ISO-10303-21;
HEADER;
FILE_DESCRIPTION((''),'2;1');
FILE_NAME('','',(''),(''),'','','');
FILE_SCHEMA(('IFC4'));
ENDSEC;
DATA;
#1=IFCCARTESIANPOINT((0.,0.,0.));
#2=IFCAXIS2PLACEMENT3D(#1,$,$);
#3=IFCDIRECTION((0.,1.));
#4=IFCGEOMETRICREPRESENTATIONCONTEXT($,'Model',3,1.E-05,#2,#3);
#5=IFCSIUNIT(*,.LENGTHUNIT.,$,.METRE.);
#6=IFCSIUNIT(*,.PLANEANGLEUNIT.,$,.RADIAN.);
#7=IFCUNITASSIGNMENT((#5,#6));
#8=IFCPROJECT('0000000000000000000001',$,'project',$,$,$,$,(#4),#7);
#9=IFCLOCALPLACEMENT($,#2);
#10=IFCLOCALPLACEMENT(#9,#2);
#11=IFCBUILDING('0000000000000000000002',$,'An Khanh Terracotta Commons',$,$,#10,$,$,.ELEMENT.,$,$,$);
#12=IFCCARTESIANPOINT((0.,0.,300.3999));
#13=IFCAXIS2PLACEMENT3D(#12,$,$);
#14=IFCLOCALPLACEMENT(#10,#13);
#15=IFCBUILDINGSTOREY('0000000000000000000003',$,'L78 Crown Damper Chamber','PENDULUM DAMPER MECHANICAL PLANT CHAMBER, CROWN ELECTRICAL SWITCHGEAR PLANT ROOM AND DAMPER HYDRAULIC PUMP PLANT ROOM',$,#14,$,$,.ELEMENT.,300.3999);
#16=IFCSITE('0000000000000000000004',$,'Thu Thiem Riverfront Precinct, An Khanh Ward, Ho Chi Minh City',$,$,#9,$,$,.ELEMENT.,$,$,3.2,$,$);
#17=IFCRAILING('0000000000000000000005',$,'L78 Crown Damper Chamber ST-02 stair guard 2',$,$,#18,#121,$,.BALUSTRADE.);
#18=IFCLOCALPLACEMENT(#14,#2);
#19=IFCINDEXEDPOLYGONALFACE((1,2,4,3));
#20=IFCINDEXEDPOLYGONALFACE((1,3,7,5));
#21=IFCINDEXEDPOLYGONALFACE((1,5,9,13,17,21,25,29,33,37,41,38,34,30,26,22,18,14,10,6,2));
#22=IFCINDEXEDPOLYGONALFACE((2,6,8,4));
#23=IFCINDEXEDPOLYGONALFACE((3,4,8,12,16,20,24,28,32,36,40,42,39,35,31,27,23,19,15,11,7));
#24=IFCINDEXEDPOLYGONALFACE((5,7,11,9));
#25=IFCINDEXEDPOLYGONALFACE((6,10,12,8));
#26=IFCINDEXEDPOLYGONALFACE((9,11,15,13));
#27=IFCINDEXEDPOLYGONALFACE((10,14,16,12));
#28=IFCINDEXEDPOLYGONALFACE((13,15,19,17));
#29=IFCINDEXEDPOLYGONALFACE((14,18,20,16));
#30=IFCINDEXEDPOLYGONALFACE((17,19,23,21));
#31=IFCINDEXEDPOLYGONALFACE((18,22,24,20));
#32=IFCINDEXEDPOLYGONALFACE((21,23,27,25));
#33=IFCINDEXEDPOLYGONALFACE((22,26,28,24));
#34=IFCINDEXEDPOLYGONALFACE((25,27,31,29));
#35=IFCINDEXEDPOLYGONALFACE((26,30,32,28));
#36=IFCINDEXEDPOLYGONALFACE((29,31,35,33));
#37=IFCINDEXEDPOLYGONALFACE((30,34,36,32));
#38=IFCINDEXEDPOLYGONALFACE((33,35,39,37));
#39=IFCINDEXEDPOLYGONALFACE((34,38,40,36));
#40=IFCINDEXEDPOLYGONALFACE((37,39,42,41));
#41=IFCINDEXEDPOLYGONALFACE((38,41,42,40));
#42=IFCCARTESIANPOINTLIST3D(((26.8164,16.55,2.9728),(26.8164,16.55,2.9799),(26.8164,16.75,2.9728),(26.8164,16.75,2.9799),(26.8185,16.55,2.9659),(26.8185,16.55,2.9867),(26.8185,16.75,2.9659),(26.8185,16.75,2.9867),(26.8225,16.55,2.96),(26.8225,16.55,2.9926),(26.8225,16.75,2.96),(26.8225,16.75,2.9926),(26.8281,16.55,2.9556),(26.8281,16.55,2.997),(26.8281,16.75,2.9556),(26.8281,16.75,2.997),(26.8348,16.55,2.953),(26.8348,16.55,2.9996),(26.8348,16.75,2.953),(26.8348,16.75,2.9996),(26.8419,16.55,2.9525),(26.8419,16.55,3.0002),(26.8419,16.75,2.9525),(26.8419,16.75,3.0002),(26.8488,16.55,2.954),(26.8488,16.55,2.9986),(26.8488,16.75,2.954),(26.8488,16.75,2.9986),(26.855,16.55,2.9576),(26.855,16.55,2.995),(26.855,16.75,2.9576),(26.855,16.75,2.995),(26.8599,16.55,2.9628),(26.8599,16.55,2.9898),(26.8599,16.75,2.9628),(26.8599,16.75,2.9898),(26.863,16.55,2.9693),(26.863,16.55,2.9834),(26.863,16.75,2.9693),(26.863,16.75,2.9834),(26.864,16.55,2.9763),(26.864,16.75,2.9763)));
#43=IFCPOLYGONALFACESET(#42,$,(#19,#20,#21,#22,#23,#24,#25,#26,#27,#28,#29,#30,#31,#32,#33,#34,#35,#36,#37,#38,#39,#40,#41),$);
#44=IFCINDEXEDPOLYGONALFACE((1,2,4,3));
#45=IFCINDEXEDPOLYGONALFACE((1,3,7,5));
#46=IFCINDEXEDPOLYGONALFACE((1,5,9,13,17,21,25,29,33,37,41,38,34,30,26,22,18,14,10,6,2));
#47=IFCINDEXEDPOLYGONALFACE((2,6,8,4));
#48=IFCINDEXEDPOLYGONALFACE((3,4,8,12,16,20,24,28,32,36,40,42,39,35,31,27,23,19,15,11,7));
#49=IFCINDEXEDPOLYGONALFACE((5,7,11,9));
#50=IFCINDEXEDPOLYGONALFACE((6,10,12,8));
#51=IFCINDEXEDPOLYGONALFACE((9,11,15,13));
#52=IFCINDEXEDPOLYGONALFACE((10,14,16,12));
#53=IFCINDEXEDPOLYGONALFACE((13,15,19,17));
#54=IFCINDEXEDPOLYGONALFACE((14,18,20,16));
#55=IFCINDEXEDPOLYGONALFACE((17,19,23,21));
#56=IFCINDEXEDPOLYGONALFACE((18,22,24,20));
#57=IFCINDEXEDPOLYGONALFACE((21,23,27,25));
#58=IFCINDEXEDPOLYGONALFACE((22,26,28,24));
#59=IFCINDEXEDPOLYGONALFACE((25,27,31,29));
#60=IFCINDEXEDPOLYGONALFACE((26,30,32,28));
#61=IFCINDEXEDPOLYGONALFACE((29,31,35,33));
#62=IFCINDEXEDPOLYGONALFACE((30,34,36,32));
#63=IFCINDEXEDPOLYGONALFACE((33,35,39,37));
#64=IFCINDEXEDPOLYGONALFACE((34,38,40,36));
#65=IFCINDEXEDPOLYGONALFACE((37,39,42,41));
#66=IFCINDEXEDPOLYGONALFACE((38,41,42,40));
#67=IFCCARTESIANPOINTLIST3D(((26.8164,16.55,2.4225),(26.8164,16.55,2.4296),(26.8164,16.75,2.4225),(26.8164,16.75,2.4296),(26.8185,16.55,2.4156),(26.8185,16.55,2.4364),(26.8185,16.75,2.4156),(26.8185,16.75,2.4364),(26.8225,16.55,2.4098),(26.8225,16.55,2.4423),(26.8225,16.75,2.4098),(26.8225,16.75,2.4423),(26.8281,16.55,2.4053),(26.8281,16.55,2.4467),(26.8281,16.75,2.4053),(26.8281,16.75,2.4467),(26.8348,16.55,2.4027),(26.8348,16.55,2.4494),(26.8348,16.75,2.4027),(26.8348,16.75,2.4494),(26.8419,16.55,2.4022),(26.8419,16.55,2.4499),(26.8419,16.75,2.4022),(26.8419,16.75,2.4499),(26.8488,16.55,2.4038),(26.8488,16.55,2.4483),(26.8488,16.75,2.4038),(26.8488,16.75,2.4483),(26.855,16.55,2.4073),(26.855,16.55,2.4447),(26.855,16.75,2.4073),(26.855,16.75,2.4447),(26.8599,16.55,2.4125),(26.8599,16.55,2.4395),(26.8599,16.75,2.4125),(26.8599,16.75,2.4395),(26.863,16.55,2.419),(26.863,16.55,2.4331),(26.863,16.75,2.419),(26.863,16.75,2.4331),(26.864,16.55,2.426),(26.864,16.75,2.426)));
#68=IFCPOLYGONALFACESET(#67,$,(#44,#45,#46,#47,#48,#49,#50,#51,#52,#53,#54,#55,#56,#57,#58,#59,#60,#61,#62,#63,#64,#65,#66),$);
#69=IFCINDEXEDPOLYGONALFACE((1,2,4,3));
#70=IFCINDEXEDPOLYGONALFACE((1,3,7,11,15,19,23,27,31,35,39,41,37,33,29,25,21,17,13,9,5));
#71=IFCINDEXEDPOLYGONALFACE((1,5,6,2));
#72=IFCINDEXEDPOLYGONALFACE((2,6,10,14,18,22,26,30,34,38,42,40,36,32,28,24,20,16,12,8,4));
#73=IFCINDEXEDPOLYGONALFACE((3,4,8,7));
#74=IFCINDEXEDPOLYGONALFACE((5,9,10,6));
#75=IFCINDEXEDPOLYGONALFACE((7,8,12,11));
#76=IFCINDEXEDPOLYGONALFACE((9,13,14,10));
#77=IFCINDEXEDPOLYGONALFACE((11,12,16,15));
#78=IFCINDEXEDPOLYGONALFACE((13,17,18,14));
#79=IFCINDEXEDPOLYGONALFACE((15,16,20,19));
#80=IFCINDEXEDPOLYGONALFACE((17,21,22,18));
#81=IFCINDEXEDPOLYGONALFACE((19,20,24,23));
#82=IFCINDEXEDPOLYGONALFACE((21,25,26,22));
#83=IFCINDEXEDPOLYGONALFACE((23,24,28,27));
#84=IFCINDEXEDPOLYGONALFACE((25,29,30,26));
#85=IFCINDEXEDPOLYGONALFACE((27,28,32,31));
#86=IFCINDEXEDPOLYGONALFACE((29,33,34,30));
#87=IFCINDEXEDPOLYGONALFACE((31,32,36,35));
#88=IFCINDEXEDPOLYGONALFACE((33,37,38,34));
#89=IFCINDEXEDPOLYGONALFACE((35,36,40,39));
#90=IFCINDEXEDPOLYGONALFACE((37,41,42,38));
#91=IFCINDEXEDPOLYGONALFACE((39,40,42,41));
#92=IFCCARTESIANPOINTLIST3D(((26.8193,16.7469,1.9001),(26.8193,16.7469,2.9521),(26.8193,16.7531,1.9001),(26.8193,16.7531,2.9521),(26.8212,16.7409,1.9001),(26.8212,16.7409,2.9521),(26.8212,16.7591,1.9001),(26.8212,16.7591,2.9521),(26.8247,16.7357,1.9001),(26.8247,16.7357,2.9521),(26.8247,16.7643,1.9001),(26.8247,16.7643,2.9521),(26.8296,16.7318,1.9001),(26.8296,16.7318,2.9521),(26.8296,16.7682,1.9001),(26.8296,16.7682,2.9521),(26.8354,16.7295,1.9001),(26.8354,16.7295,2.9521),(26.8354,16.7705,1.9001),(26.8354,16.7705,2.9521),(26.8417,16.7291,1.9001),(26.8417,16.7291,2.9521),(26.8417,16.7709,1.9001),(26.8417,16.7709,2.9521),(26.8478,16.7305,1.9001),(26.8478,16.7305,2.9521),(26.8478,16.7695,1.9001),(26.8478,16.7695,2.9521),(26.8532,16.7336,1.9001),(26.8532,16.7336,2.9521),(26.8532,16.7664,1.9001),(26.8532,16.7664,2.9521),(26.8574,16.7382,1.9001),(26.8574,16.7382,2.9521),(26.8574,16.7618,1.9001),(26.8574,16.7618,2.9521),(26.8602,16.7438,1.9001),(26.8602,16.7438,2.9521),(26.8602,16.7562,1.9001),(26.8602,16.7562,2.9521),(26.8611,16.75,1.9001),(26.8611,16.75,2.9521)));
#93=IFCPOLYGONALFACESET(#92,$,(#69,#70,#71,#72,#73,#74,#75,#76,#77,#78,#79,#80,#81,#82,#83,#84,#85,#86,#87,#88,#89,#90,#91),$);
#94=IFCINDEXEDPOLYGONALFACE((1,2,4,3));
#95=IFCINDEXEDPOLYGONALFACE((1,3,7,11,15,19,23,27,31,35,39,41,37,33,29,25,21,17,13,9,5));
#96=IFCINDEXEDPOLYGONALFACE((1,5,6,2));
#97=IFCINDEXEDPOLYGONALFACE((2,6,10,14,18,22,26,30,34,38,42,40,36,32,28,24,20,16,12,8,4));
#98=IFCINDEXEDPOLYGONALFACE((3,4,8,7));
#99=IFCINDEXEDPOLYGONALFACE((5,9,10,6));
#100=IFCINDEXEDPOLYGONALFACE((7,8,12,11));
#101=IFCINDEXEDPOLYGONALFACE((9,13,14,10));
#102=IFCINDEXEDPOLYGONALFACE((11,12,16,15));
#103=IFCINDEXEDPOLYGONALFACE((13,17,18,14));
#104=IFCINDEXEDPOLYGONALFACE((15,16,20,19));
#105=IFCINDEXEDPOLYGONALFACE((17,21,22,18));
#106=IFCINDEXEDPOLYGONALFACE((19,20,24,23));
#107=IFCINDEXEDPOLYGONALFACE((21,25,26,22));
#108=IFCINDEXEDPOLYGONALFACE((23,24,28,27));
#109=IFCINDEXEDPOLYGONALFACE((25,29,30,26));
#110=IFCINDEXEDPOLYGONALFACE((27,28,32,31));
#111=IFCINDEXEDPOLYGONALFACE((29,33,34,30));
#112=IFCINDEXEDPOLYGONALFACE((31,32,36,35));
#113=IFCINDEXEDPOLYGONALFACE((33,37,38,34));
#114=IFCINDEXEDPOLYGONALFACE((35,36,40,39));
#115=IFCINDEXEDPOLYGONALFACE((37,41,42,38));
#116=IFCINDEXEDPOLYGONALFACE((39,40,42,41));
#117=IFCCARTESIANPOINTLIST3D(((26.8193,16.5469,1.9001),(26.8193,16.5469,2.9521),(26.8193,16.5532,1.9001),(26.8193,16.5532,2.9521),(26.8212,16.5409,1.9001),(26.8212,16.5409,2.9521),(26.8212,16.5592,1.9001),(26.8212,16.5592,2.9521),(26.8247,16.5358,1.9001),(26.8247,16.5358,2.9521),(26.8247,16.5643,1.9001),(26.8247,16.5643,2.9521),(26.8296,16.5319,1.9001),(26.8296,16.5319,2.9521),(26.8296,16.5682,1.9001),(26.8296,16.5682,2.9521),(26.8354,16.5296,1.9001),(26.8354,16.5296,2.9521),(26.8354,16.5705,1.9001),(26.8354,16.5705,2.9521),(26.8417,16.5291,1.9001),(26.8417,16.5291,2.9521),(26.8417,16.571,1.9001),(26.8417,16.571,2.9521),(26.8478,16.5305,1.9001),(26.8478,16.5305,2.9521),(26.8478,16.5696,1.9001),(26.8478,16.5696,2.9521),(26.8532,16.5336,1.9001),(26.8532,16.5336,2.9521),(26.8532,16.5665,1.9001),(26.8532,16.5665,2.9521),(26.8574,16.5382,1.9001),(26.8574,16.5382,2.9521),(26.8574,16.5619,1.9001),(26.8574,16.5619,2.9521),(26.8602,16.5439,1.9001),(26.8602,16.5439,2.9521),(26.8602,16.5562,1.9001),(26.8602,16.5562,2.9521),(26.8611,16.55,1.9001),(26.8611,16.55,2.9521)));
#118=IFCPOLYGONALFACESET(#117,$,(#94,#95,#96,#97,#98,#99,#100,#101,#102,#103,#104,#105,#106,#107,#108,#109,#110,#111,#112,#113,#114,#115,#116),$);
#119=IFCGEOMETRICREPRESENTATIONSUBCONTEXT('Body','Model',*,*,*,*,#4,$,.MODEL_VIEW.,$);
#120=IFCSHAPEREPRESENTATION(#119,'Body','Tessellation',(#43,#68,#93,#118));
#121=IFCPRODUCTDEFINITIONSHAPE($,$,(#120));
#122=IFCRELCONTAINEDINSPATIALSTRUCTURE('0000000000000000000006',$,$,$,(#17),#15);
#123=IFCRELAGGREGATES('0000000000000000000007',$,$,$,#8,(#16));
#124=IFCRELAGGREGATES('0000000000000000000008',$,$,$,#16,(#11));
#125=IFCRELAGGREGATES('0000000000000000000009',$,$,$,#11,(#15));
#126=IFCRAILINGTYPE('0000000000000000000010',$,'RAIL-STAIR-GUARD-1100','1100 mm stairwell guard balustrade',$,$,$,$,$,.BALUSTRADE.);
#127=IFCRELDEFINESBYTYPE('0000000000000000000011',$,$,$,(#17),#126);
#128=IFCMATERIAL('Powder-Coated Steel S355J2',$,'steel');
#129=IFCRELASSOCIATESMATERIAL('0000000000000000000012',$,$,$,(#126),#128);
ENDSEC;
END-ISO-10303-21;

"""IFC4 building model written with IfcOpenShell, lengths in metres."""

from ifc_helpers import new_model, si_unit, direction, frame, origin, origin_2d, place, context, subcontext, project, spatial, circle, extrude, material, type_object, element, save


model = new_model("IFC4")

# Units and contexts
model_context = context("Model", 3, precision=1e-05, world=origin(), true_north=direction((0.0, 1.0)))
body_context = subcontext(model_context, "Body", "Model", "MODEL_VIEW")
ifc_project = project(units=[si_unit("LENGTHUNIT", "METRE"), si_unit("PLANEANGLEUNIT", "RADIAN")], contexts=[model_context])

# Site, building, storey
site_placement = place(None, origin())
site = spatial("IfcSite", under=ifc_project, at=site_placement, Name="Thu Thiem Riverfront Precinct, An Khanh Ward, Ho Chi Minh City", CompositionType="ELEMENT", RefElevation=3.2)
building_placement = place(site_placement, origin())
building = spatial("IfcBuilding", under=site, at=building_placement, Name="An Khanh Terracotta Commons", CompositionType="ELEMENT")
storey_placement = place(building_placement, frame((0.0, 0.0, 300.3999)))
storey = spatial("IfcBuildingStorey", under=building, at=storey_placement, Name="L78 Crown Damper Chamber", Description="PENDULUM DAMPER MECHANICAL PLANT CHAMBER, CROWN ELECTRICAL SWITCHGEAR PLANT ROOM AND DAMPER HYDRAULIC PUMP PLANT ROOM", CompositionType="ELEMENT", Elevation=300.3999)

# Railing
ifc_material_1 = material(Name="Powder-Coated Steel S355J2", Category="steel")
railing_type_1 = type_object("IfcRailingType", Name="RAIL-STAIR-GUARD-1100", Description="1100 mm stairwell guard balustrade", PredefinedType="BALUSTRADE", material=ifc_material_1)
railing_1_placement = place(storey_placement, frame((26.8401, 16.75, 1.9001)))
element("IfcRailing", 1, at=railing_1_placement, inside=storey, type_object=railing_type_1, Name="L78 Crown Damper Chamber ST-02 stair guard 2", PredefinedType="BALUSTRADE", context=body_context, shape_type="SweptSolid", body=[
    extrude(circle(Radius=0.0239, at=origin_2d()), frame((0.0, 0.0, 1.0762), z_axis=(0.0, -1.0, 0.0), x_axis=(1.0, 0.0, 0.0)), (0.0, 0.0, 1.0), 0.2),
    extrude(circle(Radius=0.0239, at=origin_2d()), frame((0.0, 0.0, 0.5259), z_axis=(0.0, -1.0, 0.0), x_axis=(1.0, 0.0, 0.0)), (0.0, 0.0, 1.0), 0.2),
    extrude(circle(Radius=0.021, at=origin_2d()), origin(), (0.0, 0.0, 1.0), 1.052),
    extrude(circle(Radius=0.021, at=origin_2d()), frame((0.0, -0.2, 0.0)), (0.0, 0.0, 1.0), 1.052),
])

save(model, "model.ifc")
